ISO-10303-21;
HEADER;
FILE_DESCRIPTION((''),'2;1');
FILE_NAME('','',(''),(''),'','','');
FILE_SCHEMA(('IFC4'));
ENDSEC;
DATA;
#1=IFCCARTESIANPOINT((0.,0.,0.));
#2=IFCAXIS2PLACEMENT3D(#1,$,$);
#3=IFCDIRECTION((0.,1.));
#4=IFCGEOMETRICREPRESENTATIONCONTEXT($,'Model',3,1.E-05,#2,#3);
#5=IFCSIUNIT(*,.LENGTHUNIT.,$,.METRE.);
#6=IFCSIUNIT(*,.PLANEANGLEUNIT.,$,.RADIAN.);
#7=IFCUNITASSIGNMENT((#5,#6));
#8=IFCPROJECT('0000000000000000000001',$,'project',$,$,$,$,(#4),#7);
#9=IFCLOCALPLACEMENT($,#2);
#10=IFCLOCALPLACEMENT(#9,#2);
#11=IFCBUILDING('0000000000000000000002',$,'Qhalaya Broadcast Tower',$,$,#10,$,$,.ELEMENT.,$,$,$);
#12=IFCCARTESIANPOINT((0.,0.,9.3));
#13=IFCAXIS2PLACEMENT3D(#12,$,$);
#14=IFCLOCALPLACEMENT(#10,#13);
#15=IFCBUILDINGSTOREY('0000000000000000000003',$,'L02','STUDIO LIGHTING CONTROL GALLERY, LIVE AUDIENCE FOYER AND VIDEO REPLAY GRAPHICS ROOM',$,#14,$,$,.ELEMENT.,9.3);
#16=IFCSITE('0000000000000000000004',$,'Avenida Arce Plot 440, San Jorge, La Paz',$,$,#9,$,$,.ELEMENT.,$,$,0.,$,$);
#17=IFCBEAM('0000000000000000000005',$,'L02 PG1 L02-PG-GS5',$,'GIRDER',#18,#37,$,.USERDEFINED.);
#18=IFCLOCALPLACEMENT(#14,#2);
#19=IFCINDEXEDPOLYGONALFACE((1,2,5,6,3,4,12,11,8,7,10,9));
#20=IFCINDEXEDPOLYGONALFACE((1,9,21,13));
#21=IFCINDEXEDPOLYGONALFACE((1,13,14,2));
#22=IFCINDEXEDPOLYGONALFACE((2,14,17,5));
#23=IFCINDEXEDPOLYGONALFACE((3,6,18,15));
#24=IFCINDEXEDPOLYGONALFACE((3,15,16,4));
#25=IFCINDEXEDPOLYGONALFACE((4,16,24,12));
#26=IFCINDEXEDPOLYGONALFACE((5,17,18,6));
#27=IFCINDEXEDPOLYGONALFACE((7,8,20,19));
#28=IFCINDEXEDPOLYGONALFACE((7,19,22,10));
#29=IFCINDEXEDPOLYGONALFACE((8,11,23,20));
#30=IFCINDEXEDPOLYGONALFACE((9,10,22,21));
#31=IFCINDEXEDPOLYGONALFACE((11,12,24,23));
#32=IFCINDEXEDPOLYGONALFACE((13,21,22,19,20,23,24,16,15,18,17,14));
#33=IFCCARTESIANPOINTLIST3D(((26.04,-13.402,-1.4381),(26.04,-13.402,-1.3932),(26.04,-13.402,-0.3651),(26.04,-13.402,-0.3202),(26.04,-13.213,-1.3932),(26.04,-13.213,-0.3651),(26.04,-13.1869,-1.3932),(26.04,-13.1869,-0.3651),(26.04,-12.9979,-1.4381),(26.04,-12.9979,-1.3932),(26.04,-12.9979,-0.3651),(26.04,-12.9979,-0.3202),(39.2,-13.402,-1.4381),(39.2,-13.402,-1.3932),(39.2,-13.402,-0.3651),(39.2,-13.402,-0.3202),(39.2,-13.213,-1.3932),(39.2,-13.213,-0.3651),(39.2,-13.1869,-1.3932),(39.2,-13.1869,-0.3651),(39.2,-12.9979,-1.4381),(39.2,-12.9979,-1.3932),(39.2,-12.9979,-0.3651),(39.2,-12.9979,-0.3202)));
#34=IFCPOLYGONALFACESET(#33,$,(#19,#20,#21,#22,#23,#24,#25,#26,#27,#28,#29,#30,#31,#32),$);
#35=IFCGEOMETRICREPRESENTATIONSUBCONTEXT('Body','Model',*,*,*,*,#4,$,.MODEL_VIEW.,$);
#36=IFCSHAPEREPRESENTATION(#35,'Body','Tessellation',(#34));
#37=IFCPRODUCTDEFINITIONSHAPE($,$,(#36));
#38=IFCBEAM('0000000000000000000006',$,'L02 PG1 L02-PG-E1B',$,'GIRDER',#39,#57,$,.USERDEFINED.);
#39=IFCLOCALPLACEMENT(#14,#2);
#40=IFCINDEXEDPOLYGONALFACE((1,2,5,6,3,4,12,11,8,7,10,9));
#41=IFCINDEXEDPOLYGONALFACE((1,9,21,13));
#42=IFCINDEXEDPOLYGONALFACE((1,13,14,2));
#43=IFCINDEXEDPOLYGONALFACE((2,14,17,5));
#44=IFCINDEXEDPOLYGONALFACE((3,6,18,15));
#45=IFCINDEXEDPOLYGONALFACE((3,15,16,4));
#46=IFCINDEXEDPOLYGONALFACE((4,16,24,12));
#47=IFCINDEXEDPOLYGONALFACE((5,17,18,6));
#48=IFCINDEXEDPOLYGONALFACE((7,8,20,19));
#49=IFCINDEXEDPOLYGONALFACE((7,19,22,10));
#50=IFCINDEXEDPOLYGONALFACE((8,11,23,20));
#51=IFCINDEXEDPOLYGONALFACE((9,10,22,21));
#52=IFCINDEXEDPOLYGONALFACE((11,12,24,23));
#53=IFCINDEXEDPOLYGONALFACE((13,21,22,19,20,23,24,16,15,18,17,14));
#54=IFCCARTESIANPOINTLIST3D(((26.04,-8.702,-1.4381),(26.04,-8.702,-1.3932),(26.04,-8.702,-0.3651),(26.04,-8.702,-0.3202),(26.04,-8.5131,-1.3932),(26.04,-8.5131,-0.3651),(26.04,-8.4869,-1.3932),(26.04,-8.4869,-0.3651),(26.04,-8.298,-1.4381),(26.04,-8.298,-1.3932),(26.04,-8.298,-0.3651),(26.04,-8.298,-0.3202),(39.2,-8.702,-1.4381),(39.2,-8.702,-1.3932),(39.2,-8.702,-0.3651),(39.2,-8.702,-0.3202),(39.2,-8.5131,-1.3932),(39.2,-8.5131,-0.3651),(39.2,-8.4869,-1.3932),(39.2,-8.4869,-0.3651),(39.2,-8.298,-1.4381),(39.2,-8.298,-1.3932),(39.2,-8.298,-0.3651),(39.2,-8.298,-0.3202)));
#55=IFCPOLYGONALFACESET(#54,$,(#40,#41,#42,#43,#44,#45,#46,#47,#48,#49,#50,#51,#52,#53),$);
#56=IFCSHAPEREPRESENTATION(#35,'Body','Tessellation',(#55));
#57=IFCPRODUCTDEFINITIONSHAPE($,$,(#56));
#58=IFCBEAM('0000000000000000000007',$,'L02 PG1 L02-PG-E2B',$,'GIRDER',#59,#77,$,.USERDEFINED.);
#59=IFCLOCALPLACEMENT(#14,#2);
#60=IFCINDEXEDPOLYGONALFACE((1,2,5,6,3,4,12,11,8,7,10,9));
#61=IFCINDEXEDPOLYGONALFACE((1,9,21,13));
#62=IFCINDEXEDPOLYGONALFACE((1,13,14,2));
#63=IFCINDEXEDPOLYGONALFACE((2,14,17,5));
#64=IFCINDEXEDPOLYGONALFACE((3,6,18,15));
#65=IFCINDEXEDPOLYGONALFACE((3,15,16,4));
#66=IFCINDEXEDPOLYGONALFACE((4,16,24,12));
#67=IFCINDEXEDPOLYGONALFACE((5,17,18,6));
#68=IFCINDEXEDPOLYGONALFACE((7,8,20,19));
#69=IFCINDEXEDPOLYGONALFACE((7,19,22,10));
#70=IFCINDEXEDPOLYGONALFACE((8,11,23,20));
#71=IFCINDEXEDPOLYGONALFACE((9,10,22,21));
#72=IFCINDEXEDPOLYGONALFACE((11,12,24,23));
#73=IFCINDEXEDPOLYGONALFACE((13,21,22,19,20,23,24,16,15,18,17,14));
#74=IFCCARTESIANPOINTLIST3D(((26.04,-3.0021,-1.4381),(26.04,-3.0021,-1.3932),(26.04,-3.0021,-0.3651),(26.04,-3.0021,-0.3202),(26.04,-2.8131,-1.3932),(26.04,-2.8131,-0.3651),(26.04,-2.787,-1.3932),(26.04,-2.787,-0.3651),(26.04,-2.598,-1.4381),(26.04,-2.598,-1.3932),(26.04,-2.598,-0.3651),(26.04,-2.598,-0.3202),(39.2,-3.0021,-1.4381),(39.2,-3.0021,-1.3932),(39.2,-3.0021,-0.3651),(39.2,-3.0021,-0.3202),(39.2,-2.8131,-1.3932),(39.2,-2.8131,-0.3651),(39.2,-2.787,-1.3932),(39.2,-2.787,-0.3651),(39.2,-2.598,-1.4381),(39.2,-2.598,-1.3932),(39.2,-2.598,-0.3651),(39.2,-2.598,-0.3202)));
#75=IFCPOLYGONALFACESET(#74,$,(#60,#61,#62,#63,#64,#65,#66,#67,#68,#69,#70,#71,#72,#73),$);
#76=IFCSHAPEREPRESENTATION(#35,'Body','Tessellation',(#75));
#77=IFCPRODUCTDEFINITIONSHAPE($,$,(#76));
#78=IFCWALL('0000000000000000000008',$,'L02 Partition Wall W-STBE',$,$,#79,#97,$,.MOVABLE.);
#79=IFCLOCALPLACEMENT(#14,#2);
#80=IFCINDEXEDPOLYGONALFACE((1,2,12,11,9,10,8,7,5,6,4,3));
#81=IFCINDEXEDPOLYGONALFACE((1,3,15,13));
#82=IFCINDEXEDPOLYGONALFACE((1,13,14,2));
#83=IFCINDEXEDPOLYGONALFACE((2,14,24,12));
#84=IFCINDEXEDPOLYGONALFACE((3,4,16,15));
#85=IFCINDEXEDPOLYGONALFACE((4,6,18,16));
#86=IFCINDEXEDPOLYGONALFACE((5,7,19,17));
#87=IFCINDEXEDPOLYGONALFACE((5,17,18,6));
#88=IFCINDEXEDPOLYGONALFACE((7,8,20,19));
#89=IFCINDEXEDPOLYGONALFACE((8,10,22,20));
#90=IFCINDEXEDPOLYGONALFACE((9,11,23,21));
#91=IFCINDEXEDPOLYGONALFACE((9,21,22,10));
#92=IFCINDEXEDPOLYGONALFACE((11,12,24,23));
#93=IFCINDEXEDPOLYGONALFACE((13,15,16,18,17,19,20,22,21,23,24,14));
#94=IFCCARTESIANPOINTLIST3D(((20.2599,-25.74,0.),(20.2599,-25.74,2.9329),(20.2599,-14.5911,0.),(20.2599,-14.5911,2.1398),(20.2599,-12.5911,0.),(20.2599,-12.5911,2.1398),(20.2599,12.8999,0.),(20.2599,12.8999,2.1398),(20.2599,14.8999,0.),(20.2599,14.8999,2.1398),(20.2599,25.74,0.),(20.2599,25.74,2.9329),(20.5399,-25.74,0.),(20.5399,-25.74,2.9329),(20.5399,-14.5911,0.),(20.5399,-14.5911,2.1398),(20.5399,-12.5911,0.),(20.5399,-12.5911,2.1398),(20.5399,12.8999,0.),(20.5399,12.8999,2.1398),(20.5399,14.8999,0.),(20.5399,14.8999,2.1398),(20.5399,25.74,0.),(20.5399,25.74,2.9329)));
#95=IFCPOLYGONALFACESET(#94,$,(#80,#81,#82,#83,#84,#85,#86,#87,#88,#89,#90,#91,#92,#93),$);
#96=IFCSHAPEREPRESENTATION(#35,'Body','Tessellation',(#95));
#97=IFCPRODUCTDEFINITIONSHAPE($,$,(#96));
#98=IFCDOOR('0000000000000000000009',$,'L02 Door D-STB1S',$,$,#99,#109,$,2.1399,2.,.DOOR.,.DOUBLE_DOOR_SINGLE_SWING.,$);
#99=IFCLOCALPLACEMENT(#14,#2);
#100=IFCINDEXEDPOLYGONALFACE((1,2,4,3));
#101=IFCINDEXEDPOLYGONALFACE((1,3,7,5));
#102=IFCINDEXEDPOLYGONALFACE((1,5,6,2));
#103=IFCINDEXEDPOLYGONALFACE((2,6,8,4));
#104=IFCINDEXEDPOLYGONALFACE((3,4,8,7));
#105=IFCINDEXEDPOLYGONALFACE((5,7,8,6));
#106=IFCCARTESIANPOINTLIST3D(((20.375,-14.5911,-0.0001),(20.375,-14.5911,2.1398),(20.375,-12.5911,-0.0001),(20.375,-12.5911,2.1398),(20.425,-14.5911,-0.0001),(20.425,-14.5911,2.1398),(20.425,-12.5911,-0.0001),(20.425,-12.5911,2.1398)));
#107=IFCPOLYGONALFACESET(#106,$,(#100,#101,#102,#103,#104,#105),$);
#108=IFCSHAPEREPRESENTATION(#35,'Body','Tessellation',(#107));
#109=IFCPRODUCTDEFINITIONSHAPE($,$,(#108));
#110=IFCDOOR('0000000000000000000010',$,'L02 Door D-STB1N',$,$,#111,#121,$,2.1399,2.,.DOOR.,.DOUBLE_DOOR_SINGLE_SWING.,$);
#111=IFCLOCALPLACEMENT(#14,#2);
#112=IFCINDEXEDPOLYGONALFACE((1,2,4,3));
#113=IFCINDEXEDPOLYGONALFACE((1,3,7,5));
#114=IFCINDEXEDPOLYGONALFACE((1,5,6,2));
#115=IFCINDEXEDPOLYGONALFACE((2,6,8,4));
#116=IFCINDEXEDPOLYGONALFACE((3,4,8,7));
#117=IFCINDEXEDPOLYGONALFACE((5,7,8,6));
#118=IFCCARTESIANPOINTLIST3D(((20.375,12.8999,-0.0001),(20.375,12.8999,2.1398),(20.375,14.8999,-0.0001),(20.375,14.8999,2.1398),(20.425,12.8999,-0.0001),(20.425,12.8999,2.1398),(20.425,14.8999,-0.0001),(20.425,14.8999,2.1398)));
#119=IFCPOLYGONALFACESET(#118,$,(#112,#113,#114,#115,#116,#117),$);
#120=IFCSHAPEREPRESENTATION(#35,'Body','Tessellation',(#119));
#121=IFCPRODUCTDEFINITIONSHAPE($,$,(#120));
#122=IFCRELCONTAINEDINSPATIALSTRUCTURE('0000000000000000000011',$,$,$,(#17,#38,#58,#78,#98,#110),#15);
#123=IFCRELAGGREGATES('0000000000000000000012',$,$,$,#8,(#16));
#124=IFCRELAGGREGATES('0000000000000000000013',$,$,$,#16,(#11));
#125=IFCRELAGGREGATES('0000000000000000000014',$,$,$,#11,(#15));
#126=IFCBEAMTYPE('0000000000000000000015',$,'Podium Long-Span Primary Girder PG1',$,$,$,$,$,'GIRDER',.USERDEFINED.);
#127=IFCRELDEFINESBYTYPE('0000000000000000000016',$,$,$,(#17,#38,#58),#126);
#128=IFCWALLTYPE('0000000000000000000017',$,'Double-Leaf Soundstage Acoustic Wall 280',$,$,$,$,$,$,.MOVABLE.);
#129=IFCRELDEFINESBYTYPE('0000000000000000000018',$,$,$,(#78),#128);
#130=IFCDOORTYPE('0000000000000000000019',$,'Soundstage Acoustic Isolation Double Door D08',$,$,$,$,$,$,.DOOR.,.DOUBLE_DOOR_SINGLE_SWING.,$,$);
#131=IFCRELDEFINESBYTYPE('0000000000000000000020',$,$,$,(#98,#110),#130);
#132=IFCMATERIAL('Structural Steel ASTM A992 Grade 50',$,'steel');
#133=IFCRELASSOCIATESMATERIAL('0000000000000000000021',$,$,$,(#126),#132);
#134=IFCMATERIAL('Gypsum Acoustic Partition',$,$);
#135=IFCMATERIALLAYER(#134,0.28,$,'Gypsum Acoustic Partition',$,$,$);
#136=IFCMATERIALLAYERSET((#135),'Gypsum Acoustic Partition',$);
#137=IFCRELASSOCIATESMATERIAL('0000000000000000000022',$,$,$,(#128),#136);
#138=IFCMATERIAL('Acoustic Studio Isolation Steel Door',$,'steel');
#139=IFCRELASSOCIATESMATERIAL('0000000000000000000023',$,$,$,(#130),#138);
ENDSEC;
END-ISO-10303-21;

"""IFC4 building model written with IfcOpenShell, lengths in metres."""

from ifc_helpers import new_model, si_unit, direction, frame, frame_2d, origin, origin_2d, place, context, subcontext, project, spatial, rectangle, i_section, extrude, material, layer, layer_set, material_profile, profile_set, type_object, element, fill, save


model = new_model("IFC4")

# Units and contexts
model_context = context("Model", 3, precision=1e-05, world=origin(), true_north=direction((0.0, 1.0)))
body_context = subcontext(model_context, "Body", "Model", "MODEL_VIEW")
ifc_project = project(units=[si_unit("LENGTHUNIT", "METRE"), si_unit("PLANEANGLEUNIT", "RADIAN")], contexts=[model_context])

# Site, building, storey
site_placement = place(None, origin())
site = spatial("IfcSite", under=ifc_project, at=site_placement, Name="Avenida Arce Plot 440, San Jorge, La Paz", CompositionType="ELEMENT", RefElevation=0.0)
building_placement = place(site_placement, origin())
building = spatial("IfcBuilding", under=site, at=building_placement, Name="Qhalaya Broadcast Tower", CompositionType="ELEMENT")
storey_placement = place(building_placement, frame((0.0, 0.0, 9.3)))
storey = spatial("IfcBuildingStorey", under=building, at=storey_placement, Name="L02", Description="STUDIO LIGHTING CONTROL GALLERY, LIVE AUDIENCE FOYER AND VIDEO REPLAY GRAPHICS ROOM", CompositionType="ELEMENT", Elevation=9.3)

# Beams
ifc_material_1 = material(Name="Structural Steel ASTM A992 Grade 50", Category="steel")
ifc_material_profile_1 = material_profile(ifc_material_1, i_section(OverallWidth=0.4041, OverallDepth=1.1179, WebThickness=0.0261, FlangeThickness=0.0449, at=origin_2d()), Name="W44X335")
ifc_profile_set_1 = profile_set([ifc_material_profile_1], Name="Structural Steel ASTM A992 Grade 50")
beam_type_1 = type_object("IfcBeamType", Name="Podium Long-Span Primary Girder PG1", ElementType="GIRDER", PredefinedType="USERDEFINED", material=ifc_profile_set_1)
for number, where, z_axis, x_axis, name in (
    (1, (26.04, -13.2, -0.8792), (1.0, 0.0, 0.0), (0.0, 1.0, 0.0), "L02 PG1 L02-PG-GS5"),
    (2, (26.04, -8.5, -0.8792), (1.0, 0.0, 0.0), (0.0, 1.0, 0.0), "L02 PG1 L02-PG-E1B"),
    (3, (26.04, -2.8, -0.8792), (1.0, 0.0, 0.0), (0.0, 1.0, 0.0), "L02 PG1 L02-PG-E2B"),
):
    element("IfcBeam", number, at=place(storey_placement, frame(where, z_axis=z_axis, x_axis=x_axis)), inside=storey, type_object=beam_type_1, Name=name, ObjectType="GIRDER", PredefinedType="USERDEFINED", context=body_context, shape_type="SweptSolid", body=[
        extrude(i_section(OverallWidth=0.4041, OverallDepth=1.1179, WebThickness=0.0261, FlangeThickness=0.0449, at=origin_2d()), origin(), (0.0, 0.0, 1.0), 13.1599),
    ])

# Wall, openings, doors
ifc_material_2 = material(Name="Gypsum Acoustic Partition")
ifc_layer_1 = layer(ifc_material_2, 0.28, Name="Gypsum Acoustic Partition")
ifc_layer_set_1 = layer_set([ifc_layer_1], Name="Gypsum Acoustic Partition")
wall_type_1 = type_object("IfcWallType", Name="Double-Leaf Soundstage Acoustic Wall 280", PredefinedType="MOVABLE", material=ifc_layer_set_1)
wall_1_placement = place(storey_placement, frame((20.3999, -25.74, 0.0), z_axis=(0.0, 0.0, 1.0), x_axis=(0.0, 1.0, 0.0)))
wall_1 = element("IfcWall", 4, at=wall_1_placement, inside=storey, type_object=wall_type_1, Name="L02 Partition Wall W-STBE", PredefinedType="MOVABLE", context=body_context, shape_type="SweptSolid", body=[
    extrude(rectangle(XDim=51.48, YDim=0.28, at=frame_2d((25.74, 0.0))), origin(), (0.0, 0.0, 1.0), 2.9329),
])
opening_1_placement = place(wall_1_placement, frame((11.1489, 0.0, 0.0)))
opening_1 = element("IfcOpeningElement", 5, at=opening_1_placement, cuts=wall_1, PredefinedType="OPENING", context=body_context, shape_type="SweptSolid", body=[
    extrude(rectangle(XDim=2.0, YDim=2.1399, at=frame_2d((1.0, 1.0698))), frame((0.0, 0.1521, 0.0), z_axis=(0.0, -1.0, 0.0), x_axis=(1.0, 0.0, 0.0)), (0.0, 0.0, 1.0), 0.304),
])
opening_2_placement = place(wall_1_placement, frame((38.6399, 0.0, 0.0)))
opening_2 = element("IfcOpeningElement", 6, at=opening_2_placement, cuts=wall_1, PredefinedType="OPENING", context=body_context, shape_type="SweptSolid", body=[
    extrude(rectangle(XDim=2.0, YDim=2.1399, at=frame_2d((1.0, 1.0698))), frame((0.0, 0.1521, 0.0), z_axis=(0.0, -1.0, 0.0), x_axis=(1.0, 0.0, 0.0)), (0.0, 0.0, 1.0), 0.304),
])
ifc_material_3 = material(Name="Acoustic Studio Isolation Steel Door", Category="steel")
door_type = type_object("IfcDoorType", Name="Soundstage Acoustic Isolation Double Door D08", OperationType="DOUBLE_DOOR_SINGLE_SWING", PredefinedType="DOOR", material=ifc_material_3)
door_1_placement = place(opening_1_placement, origin())
door_1 = element("IfcDoor", 7, at=door_1_placement, inside=storey, type_object=door_type, Name="L02 Door D-STB1S", OperationType="DOUBLE_DOOR_SINGLE_SWING", OverallHeight=2.1399, OverallWidth=2.0, PredefinedType="DOOR", context=body_context, shape_type="SweptSolid", body=[
    extrude(rectangle(XDim=2.0, YDim=2.1399, at=frame_2d((1.0, 1.0698))), frame((0.0, 0.0249, 0.0), z_axis=(0.0, -1.0, 0.0), x_axis=(1.0, 0.0, 0.0)), (0.0, 0.0, 1.0), 0.05),
])
fill(opening_1, door_1)
door_2_placement = place(opening_2_placement, origin())
door_2 = element("IfcDoor", 8, at=door_2_placement, inside=storey, type_object=door_type, Name="L02 Door D-STB1N", OperationType="DOUBLE_DOOR_SINGLE_SWING", OverallHeight=2.1399, OverallWidth=2.0, PredefinedType="DOOR", context=body_context, shape_type="SweptSolid", body=[
    extrude(rectangle(XDim=2.0, YDim=2.1399, at=frame_2d((1.0, 1.0698))), frame((0.0, 0.0249, 0.0), z_axis=(0.0, -1.0, 0.0), x_axis=(1.0, 0.0, 0.0)), (0.0, 0.0, 1.0), 0.05),
])
fill(opening_2, door_2)

save(model, "model.ifc")
